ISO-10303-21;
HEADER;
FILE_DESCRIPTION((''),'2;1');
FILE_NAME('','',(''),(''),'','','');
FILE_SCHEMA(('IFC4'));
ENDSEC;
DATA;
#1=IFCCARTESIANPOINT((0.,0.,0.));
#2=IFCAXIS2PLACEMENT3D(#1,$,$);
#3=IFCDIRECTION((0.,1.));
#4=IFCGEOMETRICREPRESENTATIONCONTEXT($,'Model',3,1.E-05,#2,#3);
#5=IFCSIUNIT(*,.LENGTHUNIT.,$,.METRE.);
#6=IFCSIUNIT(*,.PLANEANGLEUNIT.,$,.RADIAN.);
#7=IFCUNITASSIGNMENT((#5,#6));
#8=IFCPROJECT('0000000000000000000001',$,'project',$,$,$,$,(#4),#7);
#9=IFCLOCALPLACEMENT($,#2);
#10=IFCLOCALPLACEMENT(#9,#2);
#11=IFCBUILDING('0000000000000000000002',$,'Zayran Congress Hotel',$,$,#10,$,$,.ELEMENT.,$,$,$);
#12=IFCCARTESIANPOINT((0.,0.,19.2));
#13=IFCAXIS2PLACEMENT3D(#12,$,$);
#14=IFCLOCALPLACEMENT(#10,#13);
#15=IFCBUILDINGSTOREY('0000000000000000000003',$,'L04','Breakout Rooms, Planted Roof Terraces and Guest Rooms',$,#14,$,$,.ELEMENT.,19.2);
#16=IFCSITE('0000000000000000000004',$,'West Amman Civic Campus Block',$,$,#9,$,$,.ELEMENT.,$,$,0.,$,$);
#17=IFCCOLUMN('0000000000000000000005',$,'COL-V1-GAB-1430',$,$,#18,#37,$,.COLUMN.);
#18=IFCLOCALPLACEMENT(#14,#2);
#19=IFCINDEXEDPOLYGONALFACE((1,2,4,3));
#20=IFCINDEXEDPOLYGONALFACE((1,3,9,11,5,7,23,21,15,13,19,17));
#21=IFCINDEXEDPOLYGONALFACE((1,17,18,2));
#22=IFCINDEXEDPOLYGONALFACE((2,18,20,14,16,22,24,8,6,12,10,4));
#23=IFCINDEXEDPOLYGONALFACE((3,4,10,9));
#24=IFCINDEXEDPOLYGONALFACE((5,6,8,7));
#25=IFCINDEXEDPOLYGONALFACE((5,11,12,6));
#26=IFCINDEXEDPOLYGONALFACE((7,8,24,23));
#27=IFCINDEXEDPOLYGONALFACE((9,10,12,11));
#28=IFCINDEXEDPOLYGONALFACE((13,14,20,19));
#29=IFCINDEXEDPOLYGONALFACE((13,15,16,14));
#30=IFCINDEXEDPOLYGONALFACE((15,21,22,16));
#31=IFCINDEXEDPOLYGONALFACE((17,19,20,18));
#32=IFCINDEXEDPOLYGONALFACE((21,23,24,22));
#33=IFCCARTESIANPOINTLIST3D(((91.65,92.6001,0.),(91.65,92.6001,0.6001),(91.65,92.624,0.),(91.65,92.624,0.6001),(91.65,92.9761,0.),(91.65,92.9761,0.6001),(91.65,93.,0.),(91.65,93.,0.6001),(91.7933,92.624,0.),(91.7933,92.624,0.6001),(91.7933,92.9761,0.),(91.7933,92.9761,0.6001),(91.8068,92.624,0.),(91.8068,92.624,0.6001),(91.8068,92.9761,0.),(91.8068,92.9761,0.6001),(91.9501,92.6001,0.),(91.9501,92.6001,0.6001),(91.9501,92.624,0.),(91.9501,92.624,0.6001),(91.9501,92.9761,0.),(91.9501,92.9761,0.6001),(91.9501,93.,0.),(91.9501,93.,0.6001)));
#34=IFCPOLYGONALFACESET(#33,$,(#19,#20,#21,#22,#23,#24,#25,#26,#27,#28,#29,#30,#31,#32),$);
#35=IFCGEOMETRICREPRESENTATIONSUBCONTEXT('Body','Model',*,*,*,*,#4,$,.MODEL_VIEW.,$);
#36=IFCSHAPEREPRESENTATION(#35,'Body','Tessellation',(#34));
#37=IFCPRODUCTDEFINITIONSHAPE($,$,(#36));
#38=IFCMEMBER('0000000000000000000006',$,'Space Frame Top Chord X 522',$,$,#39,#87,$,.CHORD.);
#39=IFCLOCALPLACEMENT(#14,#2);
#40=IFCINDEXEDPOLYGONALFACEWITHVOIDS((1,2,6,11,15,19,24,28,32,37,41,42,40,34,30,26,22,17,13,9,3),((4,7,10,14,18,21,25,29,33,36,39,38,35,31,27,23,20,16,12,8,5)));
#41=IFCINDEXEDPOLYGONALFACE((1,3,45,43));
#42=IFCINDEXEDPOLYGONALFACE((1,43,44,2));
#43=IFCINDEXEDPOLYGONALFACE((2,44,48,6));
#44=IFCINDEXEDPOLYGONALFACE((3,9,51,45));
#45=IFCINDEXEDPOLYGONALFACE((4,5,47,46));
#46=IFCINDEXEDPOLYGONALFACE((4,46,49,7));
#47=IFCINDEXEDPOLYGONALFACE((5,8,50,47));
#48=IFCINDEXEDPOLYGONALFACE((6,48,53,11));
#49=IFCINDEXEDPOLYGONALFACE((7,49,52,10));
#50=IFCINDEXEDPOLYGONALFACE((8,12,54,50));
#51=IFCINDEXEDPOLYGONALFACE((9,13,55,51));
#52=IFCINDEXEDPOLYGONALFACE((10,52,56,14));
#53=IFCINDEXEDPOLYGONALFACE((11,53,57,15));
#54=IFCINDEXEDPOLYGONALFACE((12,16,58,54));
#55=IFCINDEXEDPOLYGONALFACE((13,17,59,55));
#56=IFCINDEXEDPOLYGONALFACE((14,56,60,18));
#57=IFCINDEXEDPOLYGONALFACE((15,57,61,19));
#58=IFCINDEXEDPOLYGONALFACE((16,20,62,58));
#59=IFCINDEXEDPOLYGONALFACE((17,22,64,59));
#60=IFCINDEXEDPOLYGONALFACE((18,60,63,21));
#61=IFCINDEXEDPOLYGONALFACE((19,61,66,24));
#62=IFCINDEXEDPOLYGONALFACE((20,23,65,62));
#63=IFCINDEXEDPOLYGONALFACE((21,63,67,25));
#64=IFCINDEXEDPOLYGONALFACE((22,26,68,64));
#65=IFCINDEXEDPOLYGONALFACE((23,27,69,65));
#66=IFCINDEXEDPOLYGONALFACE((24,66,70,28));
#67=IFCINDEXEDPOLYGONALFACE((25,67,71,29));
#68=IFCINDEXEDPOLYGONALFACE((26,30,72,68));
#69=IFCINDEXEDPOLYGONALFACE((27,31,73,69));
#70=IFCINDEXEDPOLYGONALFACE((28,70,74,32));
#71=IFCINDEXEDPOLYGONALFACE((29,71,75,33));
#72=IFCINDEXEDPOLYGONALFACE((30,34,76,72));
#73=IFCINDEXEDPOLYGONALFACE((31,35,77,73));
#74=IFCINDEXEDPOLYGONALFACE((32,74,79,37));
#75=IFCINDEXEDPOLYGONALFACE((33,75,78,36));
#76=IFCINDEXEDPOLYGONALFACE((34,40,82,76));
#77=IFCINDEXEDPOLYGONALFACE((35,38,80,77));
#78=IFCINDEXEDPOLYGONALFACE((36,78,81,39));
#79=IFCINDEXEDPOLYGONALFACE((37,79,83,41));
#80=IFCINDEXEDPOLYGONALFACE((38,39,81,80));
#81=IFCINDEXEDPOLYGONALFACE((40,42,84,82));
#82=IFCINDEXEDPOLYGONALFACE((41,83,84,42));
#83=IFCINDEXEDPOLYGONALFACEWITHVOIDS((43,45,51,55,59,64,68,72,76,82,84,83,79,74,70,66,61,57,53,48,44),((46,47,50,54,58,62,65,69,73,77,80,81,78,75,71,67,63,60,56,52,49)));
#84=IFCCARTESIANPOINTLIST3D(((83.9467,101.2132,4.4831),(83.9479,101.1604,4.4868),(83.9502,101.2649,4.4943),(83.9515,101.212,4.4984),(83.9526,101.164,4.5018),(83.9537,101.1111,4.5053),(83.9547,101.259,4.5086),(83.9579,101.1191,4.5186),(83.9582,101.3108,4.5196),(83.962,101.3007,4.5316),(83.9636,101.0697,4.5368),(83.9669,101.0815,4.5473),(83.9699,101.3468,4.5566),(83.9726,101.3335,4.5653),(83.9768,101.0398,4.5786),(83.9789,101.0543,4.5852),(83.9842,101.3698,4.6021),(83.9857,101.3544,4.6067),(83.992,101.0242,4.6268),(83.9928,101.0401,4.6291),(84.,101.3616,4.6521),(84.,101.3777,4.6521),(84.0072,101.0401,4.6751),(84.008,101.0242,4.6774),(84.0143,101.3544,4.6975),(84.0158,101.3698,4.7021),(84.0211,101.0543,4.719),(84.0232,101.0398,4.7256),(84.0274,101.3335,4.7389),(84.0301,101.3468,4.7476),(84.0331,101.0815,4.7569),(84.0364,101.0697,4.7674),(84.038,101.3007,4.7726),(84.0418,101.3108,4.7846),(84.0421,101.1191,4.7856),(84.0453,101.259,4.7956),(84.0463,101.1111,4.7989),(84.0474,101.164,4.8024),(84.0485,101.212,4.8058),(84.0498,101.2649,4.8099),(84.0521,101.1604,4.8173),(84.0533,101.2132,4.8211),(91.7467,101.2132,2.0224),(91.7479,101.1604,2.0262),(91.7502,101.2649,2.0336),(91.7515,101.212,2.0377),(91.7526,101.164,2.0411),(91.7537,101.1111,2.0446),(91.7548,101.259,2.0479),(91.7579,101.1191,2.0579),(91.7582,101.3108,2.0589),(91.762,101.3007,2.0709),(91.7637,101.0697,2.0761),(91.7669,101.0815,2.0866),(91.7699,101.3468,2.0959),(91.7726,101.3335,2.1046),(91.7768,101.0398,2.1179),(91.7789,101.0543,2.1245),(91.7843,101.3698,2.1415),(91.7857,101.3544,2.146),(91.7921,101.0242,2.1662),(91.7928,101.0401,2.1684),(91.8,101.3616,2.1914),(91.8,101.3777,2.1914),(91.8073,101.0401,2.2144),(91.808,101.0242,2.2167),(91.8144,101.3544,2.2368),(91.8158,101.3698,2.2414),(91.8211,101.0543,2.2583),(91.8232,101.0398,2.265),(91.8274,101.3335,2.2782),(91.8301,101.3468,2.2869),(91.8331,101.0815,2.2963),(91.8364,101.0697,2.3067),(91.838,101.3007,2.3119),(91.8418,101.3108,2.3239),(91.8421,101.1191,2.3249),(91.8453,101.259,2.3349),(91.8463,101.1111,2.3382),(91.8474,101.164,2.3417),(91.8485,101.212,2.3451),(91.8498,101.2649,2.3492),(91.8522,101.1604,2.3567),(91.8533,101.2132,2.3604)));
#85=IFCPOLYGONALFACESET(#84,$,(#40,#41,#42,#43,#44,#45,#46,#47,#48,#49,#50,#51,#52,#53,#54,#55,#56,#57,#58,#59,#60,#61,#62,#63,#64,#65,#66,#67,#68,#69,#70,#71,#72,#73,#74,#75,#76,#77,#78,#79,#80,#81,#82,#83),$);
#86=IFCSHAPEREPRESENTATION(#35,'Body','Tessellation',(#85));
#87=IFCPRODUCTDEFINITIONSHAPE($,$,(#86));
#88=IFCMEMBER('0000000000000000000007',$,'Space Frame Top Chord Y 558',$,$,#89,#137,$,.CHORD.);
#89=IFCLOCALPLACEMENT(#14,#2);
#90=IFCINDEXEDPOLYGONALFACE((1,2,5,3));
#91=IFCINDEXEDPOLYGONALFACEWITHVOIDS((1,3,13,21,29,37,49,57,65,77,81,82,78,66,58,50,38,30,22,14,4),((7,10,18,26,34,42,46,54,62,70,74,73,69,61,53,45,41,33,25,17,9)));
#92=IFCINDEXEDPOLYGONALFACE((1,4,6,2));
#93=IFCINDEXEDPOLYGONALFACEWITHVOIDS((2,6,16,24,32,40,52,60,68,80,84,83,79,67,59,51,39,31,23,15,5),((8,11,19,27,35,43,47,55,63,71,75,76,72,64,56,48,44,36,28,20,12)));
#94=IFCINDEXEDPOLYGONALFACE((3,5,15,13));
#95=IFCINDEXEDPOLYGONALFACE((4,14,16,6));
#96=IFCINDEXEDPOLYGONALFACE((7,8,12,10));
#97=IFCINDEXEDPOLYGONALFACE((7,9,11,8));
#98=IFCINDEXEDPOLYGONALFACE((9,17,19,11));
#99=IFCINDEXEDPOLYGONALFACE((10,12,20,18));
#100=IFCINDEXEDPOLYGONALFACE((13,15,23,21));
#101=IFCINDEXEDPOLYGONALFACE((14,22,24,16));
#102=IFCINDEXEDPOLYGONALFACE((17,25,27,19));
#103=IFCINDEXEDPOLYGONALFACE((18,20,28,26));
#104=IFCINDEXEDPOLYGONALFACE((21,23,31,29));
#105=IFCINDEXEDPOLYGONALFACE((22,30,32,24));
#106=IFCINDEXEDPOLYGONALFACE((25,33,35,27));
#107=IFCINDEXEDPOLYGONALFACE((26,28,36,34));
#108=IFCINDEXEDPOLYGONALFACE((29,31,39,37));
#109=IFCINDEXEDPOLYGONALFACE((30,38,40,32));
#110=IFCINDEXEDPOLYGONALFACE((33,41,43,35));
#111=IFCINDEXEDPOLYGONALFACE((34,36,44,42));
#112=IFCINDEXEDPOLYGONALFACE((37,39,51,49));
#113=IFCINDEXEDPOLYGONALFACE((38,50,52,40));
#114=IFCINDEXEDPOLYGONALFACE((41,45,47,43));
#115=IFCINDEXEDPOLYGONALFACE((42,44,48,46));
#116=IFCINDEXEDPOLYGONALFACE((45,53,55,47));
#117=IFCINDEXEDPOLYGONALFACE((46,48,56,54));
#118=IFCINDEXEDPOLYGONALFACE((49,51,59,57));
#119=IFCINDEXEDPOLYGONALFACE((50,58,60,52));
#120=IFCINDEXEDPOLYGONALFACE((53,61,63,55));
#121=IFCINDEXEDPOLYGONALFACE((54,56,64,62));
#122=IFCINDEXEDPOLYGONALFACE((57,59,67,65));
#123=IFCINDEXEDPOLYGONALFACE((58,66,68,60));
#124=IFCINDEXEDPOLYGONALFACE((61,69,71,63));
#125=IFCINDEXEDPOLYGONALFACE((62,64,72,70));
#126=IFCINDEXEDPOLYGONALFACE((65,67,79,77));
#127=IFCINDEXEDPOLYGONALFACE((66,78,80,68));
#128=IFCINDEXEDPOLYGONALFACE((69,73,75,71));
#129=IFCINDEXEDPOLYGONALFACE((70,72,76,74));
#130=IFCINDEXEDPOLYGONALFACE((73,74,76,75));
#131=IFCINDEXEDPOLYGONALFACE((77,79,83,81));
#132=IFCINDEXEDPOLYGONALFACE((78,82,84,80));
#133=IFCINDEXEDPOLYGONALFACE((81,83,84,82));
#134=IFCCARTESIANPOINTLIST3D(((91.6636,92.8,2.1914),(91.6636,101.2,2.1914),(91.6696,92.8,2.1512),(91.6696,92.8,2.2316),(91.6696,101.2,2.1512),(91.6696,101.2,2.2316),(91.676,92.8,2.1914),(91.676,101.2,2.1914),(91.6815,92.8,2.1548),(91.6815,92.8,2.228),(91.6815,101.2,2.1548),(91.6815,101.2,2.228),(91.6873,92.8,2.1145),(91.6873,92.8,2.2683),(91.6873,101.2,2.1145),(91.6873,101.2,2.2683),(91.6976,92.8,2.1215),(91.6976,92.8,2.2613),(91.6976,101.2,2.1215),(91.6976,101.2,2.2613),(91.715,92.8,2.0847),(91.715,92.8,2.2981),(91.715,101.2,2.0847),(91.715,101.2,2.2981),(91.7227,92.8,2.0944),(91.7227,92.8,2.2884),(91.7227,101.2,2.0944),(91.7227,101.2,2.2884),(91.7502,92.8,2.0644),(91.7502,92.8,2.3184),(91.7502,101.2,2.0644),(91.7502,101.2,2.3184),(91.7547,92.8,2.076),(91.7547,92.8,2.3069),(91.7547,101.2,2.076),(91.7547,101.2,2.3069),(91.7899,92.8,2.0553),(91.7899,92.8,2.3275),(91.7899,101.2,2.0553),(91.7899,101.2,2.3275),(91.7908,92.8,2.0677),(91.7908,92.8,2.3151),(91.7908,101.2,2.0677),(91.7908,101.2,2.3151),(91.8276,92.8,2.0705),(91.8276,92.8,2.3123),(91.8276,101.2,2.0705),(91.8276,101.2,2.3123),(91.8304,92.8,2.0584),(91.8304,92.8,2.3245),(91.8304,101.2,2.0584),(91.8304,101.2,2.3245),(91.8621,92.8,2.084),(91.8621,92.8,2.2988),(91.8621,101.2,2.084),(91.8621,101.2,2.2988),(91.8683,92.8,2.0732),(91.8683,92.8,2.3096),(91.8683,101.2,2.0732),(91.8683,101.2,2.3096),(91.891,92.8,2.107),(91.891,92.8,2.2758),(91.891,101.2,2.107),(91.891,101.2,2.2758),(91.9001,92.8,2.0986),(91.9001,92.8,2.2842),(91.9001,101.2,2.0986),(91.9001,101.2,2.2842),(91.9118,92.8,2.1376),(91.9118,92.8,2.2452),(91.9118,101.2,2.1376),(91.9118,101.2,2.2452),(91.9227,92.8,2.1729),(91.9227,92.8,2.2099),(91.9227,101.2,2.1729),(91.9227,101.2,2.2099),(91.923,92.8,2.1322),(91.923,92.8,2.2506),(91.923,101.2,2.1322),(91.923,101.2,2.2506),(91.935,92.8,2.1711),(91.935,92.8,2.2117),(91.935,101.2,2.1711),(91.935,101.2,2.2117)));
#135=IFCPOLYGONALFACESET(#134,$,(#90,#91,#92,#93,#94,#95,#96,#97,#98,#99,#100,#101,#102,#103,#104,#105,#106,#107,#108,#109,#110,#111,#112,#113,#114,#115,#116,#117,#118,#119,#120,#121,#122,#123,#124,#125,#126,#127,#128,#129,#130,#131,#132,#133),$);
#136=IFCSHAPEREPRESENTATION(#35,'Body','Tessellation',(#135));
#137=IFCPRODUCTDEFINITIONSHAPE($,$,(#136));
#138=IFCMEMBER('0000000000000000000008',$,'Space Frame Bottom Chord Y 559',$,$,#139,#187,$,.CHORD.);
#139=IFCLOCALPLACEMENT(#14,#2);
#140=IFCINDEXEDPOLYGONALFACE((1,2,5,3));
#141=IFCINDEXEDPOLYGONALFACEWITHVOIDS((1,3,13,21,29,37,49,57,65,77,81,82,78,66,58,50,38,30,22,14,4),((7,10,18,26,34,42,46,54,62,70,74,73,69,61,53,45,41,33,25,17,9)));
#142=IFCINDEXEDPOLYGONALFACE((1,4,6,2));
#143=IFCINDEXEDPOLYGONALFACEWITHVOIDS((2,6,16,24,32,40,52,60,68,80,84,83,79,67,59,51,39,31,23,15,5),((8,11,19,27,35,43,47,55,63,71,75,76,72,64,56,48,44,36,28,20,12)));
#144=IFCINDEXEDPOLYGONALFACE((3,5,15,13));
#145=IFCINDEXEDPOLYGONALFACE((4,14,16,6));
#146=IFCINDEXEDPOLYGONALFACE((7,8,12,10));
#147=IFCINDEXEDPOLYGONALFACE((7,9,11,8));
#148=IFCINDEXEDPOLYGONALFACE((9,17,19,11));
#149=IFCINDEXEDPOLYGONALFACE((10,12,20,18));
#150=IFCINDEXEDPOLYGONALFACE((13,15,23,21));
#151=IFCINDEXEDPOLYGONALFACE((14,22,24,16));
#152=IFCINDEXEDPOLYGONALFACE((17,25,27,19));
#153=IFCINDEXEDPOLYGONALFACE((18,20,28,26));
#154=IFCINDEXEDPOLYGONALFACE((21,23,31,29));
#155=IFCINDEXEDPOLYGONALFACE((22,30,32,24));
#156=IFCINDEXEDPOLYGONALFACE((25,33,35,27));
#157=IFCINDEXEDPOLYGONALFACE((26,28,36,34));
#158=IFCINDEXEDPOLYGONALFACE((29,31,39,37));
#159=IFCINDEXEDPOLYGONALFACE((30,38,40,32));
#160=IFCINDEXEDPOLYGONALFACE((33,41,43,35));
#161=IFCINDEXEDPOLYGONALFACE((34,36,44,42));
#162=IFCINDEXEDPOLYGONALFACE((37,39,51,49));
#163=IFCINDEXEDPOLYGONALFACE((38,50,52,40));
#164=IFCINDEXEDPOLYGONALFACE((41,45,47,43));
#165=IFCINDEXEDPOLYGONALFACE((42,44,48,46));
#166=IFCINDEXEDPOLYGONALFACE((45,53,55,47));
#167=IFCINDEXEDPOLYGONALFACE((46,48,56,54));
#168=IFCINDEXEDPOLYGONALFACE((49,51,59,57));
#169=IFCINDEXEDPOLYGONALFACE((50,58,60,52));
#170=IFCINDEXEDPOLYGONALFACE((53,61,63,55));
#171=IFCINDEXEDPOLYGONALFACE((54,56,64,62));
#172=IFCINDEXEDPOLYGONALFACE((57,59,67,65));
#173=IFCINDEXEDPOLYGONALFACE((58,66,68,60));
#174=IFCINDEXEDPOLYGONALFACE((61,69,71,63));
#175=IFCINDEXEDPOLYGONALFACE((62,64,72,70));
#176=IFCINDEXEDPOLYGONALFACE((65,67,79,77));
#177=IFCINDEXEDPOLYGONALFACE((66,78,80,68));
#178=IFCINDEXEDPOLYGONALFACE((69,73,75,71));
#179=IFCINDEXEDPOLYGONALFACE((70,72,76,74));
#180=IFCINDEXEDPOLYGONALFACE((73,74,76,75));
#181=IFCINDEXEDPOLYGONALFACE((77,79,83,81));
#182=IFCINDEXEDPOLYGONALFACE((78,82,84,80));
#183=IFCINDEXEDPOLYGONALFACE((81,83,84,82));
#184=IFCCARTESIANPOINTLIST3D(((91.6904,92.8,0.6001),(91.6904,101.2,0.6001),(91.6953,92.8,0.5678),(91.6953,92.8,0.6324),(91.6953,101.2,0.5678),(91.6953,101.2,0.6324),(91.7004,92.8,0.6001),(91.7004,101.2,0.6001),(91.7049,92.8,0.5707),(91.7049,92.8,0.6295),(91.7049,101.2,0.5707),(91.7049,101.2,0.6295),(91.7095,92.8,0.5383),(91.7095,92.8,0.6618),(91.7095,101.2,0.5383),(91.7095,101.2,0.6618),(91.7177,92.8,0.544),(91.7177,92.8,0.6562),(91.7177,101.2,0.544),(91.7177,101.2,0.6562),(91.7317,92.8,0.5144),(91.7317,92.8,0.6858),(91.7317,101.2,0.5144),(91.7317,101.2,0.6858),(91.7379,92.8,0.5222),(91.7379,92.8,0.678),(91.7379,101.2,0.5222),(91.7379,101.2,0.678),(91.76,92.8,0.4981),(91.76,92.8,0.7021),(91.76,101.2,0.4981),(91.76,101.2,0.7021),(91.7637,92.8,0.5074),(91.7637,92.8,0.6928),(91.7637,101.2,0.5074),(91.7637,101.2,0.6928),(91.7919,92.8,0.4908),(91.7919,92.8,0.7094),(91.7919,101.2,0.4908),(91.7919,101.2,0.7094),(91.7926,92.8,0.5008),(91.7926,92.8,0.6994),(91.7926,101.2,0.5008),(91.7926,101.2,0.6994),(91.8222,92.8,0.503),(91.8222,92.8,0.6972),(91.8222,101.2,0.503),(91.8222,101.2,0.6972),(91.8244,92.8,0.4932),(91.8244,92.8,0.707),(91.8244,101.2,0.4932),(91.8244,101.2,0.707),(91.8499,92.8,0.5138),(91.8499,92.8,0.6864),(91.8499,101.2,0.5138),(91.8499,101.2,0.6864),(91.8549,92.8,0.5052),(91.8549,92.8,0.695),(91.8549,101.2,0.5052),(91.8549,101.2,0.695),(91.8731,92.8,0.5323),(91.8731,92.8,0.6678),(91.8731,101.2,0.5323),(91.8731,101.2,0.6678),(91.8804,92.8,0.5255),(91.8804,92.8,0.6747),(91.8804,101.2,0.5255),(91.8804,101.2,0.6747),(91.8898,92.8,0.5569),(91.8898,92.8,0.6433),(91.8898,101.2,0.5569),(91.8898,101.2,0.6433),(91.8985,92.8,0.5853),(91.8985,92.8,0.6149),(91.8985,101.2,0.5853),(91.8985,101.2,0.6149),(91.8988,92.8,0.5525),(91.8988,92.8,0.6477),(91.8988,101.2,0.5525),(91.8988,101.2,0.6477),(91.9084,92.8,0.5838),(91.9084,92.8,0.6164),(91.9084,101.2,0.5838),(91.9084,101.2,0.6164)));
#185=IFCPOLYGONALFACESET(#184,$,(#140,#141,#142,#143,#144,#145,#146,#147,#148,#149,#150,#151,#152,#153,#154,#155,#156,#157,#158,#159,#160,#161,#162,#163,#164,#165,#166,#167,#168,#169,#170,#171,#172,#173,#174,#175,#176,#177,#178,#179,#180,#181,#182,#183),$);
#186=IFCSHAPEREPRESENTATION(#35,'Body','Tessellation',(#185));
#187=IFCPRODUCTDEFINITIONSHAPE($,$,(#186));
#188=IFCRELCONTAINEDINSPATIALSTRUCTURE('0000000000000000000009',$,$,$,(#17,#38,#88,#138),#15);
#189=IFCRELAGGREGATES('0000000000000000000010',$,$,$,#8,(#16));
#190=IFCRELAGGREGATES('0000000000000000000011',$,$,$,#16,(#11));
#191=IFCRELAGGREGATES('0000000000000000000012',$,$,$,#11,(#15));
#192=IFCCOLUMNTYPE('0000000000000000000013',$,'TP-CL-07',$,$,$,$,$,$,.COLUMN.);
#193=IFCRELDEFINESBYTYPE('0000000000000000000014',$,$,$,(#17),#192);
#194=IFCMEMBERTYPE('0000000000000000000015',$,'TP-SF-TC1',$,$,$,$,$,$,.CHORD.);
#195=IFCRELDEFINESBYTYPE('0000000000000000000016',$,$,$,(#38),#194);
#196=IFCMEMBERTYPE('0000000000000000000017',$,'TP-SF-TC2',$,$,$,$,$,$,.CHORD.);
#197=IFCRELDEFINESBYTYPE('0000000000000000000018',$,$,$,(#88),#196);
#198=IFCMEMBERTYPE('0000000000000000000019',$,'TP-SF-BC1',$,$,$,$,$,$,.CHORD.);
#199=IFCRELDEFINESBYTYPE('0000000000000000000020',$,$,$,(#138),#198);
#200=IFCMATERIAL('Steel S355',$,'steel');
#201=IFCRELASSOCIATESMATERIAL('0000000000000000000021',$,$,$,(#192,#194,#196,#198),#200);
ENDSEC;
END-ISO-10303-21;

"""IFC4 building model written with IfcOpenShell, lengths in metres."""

from ifc_helpers import new_model, si_unit, direction, frame, origin, origin_2d, place, context, subcontext, project, spatial, hollow_circle, i_section, extrude, material, material_profile, profile_set, type_object, element, save


model = new_model("IFC4")

# Units and contexts
model_context = context("Model", 3, precision=1e-05, world=origin(), true_north=direction((0.0, 1.0)))
body_context = subcontext(model_context, "Body", "Model", "MODEL_VIEW")
ifc_project = project(units=[si_unit("LENGTHUNIT", "METRE"), si_unit("PLANEANGLEUNIT", "RADIAN")], contexts=[model_context])

# Site, building, storey
site_placement = place(None, origin())
site = spatial("IfcSite", under=ifc_project, at=site_placement, Name="West Amman Civic Campus Block", CompositionType="ELEMENT", RefElevation=0.0)
building_placement = place(site_placement, origin())
building = spatial("IfcBuilding", under=site, at=building_placement, Name="Zayran Congress Hotel", CompositionType="ELEMENT")
storey_placement = place(building_placement, frame((0.0, 0.0, 19.2)))
storey = spatial("IfcBuildingStorey", under=building, at=storey_placement, Name="L04", Description="Breakout Rooms, Planted Roof Terraces and Guest Rooms", CompositionType="ELEMENT", Elevation=19.2)

# Column
ifc_material_1 = material(Name="Steel S355", Category="steel")
ifc_material_profile_1 = material_profile(ifc_material_1, i_section(OverallWidth=0.3, OverallDepth=0.3999, WebThickness=0.0134, FlangeThickness=0.0239, at=origin_2d()), Name="HEB 400")
ifc_profile_set_1 = profile_set([ifc_material_profile_1], Name="Steel S355")
column_type = type_object("IfcColumnType", Name="TP-CL-07", PredefinedType="COLUMN", material=ifc_profile_set_1)
column_placement = place(storey_placement, frame((91.8, 92.8, 0.0), z_axis=(0.0, 0.0, 1.0), x_axis=(1.0, 0.0, 0.0)))
element("IfcColumn", 1, at=column_placement, inside=storey, type_object=column_type, Name="COL-V1-GAB-1430", PredefinedType="COLUMN", context=body_context, shape_type="SweptSolid", body=[
    extrude(i_section(OverallWidth=0.3, OverallDepth=0.3999, WebThickness=0.0134, FlangeThickness=0.0239, at=origin_2d()), origin(), (0.0, 0.0, 1.0), 0.6001),
])

# Members
ifc_material_profile_2 = material_profile(ifc_material_1, hollow_circle(Radius=0.1777, WallThickness=0.0161, at=origin_2d()), Name="CHS 355.6x16")
ifc_profile_set_2 = profile_set([ifc_material_profile_2], Name="Steel S355")
member_type_1 = type_object("IfcMemberType", Name="TP-SF-TC1", PredefinedType="CHORD", material=ifc_profile_set_2)
member_1_placement = place(storey_placement, frame((84.0, 101.2, 4.6521), z_axis=(0.95367, 0.0, -0.300856), x_axis=(0.0, 1.0, 0.0)))
element("IfcMember", 2, at=member_1_placement, inside=storey, type_object=member_type_1, Name="Space Frame Top Chord X 522", PredefinedType="CHORD", context=body_context, shape_type="SweptSolid", body=[
    extrude(hollow_circle(Radius=0.1777, WallThickness=0.0161, at=origin_2d()), origin(), (0.0, 0.0, 1.0), 8.179),
])
ifc_material_profile_3 = material_profile(ifc_material_1, hollow_circle(Radius=0.1365, WallThickness=0.0125, at=origin_2d()), Name="CHS 273x12.5")
ifc_profile_set_3 = profile_set([ifc_material_profile_3], Name="Steel S355")
member_type_2 = type_object("IfcMemberType", Name="TP-SF-TC2", PredefinedType="CHORD", material=ifc_profile_set_3)
member_2_placement = place(storey_placement, frame((91.8, 92.8, 2.1914), z_axis=(0.0, 1.0, 0.0), x_axis=(-1.0, 0.0, 0.0)))
element("IfcMember", 3, at=member_2_placement, inside=storey, type_object=member_type_2, Name="Space Frame Top Chord Y 558", PredefinedType="CHORD", context=body_context, shape_type="SweptSolid", body=[
    extrude(hollow_circle(Radius=0.1365, WallThickness=0.0125, at=origin_2d()), origin(), (0.0, 0.0, 1.0), 8.3999),
])
ifc_material_profile_4 = material_profile(ifc_material_1, hollow_circle(Radius=0.1096, WallThickness=0.01, at=origin_2d()), Name="CHS 219.1x10")
ifc_profile_set_4 = profile_set([ifc_material_profile_4], Name="Steel S355")
member_type_3 = type_object("IfcMemberType", Name="TP-SF-BC1", PredefinedType="CHORD", material=ifc_profile_set_4)
member_3_placement = place(storey_placement, frame((91.8, 92.8, 0.6001), z_axis=(0.0, 1.0, 0.0), x_axis=(-1.0, 0.0, 0.0)))
element("IfcMember", 4, at=member_3_placement, inside=storey, type_object=member_type_3, Name="Space Frame Bottom Chord Y 559", PredefinedType="CHORD", context=body_context, shape_type="SweptSolid", body=[
    extrude(hollow_circle(Radius=0.1096, WallThickness=0.01, at=origin_2d()), origin(), (0.0, 0.0, 1.0), 8.3999),
])

save(model, "model.ifc")
